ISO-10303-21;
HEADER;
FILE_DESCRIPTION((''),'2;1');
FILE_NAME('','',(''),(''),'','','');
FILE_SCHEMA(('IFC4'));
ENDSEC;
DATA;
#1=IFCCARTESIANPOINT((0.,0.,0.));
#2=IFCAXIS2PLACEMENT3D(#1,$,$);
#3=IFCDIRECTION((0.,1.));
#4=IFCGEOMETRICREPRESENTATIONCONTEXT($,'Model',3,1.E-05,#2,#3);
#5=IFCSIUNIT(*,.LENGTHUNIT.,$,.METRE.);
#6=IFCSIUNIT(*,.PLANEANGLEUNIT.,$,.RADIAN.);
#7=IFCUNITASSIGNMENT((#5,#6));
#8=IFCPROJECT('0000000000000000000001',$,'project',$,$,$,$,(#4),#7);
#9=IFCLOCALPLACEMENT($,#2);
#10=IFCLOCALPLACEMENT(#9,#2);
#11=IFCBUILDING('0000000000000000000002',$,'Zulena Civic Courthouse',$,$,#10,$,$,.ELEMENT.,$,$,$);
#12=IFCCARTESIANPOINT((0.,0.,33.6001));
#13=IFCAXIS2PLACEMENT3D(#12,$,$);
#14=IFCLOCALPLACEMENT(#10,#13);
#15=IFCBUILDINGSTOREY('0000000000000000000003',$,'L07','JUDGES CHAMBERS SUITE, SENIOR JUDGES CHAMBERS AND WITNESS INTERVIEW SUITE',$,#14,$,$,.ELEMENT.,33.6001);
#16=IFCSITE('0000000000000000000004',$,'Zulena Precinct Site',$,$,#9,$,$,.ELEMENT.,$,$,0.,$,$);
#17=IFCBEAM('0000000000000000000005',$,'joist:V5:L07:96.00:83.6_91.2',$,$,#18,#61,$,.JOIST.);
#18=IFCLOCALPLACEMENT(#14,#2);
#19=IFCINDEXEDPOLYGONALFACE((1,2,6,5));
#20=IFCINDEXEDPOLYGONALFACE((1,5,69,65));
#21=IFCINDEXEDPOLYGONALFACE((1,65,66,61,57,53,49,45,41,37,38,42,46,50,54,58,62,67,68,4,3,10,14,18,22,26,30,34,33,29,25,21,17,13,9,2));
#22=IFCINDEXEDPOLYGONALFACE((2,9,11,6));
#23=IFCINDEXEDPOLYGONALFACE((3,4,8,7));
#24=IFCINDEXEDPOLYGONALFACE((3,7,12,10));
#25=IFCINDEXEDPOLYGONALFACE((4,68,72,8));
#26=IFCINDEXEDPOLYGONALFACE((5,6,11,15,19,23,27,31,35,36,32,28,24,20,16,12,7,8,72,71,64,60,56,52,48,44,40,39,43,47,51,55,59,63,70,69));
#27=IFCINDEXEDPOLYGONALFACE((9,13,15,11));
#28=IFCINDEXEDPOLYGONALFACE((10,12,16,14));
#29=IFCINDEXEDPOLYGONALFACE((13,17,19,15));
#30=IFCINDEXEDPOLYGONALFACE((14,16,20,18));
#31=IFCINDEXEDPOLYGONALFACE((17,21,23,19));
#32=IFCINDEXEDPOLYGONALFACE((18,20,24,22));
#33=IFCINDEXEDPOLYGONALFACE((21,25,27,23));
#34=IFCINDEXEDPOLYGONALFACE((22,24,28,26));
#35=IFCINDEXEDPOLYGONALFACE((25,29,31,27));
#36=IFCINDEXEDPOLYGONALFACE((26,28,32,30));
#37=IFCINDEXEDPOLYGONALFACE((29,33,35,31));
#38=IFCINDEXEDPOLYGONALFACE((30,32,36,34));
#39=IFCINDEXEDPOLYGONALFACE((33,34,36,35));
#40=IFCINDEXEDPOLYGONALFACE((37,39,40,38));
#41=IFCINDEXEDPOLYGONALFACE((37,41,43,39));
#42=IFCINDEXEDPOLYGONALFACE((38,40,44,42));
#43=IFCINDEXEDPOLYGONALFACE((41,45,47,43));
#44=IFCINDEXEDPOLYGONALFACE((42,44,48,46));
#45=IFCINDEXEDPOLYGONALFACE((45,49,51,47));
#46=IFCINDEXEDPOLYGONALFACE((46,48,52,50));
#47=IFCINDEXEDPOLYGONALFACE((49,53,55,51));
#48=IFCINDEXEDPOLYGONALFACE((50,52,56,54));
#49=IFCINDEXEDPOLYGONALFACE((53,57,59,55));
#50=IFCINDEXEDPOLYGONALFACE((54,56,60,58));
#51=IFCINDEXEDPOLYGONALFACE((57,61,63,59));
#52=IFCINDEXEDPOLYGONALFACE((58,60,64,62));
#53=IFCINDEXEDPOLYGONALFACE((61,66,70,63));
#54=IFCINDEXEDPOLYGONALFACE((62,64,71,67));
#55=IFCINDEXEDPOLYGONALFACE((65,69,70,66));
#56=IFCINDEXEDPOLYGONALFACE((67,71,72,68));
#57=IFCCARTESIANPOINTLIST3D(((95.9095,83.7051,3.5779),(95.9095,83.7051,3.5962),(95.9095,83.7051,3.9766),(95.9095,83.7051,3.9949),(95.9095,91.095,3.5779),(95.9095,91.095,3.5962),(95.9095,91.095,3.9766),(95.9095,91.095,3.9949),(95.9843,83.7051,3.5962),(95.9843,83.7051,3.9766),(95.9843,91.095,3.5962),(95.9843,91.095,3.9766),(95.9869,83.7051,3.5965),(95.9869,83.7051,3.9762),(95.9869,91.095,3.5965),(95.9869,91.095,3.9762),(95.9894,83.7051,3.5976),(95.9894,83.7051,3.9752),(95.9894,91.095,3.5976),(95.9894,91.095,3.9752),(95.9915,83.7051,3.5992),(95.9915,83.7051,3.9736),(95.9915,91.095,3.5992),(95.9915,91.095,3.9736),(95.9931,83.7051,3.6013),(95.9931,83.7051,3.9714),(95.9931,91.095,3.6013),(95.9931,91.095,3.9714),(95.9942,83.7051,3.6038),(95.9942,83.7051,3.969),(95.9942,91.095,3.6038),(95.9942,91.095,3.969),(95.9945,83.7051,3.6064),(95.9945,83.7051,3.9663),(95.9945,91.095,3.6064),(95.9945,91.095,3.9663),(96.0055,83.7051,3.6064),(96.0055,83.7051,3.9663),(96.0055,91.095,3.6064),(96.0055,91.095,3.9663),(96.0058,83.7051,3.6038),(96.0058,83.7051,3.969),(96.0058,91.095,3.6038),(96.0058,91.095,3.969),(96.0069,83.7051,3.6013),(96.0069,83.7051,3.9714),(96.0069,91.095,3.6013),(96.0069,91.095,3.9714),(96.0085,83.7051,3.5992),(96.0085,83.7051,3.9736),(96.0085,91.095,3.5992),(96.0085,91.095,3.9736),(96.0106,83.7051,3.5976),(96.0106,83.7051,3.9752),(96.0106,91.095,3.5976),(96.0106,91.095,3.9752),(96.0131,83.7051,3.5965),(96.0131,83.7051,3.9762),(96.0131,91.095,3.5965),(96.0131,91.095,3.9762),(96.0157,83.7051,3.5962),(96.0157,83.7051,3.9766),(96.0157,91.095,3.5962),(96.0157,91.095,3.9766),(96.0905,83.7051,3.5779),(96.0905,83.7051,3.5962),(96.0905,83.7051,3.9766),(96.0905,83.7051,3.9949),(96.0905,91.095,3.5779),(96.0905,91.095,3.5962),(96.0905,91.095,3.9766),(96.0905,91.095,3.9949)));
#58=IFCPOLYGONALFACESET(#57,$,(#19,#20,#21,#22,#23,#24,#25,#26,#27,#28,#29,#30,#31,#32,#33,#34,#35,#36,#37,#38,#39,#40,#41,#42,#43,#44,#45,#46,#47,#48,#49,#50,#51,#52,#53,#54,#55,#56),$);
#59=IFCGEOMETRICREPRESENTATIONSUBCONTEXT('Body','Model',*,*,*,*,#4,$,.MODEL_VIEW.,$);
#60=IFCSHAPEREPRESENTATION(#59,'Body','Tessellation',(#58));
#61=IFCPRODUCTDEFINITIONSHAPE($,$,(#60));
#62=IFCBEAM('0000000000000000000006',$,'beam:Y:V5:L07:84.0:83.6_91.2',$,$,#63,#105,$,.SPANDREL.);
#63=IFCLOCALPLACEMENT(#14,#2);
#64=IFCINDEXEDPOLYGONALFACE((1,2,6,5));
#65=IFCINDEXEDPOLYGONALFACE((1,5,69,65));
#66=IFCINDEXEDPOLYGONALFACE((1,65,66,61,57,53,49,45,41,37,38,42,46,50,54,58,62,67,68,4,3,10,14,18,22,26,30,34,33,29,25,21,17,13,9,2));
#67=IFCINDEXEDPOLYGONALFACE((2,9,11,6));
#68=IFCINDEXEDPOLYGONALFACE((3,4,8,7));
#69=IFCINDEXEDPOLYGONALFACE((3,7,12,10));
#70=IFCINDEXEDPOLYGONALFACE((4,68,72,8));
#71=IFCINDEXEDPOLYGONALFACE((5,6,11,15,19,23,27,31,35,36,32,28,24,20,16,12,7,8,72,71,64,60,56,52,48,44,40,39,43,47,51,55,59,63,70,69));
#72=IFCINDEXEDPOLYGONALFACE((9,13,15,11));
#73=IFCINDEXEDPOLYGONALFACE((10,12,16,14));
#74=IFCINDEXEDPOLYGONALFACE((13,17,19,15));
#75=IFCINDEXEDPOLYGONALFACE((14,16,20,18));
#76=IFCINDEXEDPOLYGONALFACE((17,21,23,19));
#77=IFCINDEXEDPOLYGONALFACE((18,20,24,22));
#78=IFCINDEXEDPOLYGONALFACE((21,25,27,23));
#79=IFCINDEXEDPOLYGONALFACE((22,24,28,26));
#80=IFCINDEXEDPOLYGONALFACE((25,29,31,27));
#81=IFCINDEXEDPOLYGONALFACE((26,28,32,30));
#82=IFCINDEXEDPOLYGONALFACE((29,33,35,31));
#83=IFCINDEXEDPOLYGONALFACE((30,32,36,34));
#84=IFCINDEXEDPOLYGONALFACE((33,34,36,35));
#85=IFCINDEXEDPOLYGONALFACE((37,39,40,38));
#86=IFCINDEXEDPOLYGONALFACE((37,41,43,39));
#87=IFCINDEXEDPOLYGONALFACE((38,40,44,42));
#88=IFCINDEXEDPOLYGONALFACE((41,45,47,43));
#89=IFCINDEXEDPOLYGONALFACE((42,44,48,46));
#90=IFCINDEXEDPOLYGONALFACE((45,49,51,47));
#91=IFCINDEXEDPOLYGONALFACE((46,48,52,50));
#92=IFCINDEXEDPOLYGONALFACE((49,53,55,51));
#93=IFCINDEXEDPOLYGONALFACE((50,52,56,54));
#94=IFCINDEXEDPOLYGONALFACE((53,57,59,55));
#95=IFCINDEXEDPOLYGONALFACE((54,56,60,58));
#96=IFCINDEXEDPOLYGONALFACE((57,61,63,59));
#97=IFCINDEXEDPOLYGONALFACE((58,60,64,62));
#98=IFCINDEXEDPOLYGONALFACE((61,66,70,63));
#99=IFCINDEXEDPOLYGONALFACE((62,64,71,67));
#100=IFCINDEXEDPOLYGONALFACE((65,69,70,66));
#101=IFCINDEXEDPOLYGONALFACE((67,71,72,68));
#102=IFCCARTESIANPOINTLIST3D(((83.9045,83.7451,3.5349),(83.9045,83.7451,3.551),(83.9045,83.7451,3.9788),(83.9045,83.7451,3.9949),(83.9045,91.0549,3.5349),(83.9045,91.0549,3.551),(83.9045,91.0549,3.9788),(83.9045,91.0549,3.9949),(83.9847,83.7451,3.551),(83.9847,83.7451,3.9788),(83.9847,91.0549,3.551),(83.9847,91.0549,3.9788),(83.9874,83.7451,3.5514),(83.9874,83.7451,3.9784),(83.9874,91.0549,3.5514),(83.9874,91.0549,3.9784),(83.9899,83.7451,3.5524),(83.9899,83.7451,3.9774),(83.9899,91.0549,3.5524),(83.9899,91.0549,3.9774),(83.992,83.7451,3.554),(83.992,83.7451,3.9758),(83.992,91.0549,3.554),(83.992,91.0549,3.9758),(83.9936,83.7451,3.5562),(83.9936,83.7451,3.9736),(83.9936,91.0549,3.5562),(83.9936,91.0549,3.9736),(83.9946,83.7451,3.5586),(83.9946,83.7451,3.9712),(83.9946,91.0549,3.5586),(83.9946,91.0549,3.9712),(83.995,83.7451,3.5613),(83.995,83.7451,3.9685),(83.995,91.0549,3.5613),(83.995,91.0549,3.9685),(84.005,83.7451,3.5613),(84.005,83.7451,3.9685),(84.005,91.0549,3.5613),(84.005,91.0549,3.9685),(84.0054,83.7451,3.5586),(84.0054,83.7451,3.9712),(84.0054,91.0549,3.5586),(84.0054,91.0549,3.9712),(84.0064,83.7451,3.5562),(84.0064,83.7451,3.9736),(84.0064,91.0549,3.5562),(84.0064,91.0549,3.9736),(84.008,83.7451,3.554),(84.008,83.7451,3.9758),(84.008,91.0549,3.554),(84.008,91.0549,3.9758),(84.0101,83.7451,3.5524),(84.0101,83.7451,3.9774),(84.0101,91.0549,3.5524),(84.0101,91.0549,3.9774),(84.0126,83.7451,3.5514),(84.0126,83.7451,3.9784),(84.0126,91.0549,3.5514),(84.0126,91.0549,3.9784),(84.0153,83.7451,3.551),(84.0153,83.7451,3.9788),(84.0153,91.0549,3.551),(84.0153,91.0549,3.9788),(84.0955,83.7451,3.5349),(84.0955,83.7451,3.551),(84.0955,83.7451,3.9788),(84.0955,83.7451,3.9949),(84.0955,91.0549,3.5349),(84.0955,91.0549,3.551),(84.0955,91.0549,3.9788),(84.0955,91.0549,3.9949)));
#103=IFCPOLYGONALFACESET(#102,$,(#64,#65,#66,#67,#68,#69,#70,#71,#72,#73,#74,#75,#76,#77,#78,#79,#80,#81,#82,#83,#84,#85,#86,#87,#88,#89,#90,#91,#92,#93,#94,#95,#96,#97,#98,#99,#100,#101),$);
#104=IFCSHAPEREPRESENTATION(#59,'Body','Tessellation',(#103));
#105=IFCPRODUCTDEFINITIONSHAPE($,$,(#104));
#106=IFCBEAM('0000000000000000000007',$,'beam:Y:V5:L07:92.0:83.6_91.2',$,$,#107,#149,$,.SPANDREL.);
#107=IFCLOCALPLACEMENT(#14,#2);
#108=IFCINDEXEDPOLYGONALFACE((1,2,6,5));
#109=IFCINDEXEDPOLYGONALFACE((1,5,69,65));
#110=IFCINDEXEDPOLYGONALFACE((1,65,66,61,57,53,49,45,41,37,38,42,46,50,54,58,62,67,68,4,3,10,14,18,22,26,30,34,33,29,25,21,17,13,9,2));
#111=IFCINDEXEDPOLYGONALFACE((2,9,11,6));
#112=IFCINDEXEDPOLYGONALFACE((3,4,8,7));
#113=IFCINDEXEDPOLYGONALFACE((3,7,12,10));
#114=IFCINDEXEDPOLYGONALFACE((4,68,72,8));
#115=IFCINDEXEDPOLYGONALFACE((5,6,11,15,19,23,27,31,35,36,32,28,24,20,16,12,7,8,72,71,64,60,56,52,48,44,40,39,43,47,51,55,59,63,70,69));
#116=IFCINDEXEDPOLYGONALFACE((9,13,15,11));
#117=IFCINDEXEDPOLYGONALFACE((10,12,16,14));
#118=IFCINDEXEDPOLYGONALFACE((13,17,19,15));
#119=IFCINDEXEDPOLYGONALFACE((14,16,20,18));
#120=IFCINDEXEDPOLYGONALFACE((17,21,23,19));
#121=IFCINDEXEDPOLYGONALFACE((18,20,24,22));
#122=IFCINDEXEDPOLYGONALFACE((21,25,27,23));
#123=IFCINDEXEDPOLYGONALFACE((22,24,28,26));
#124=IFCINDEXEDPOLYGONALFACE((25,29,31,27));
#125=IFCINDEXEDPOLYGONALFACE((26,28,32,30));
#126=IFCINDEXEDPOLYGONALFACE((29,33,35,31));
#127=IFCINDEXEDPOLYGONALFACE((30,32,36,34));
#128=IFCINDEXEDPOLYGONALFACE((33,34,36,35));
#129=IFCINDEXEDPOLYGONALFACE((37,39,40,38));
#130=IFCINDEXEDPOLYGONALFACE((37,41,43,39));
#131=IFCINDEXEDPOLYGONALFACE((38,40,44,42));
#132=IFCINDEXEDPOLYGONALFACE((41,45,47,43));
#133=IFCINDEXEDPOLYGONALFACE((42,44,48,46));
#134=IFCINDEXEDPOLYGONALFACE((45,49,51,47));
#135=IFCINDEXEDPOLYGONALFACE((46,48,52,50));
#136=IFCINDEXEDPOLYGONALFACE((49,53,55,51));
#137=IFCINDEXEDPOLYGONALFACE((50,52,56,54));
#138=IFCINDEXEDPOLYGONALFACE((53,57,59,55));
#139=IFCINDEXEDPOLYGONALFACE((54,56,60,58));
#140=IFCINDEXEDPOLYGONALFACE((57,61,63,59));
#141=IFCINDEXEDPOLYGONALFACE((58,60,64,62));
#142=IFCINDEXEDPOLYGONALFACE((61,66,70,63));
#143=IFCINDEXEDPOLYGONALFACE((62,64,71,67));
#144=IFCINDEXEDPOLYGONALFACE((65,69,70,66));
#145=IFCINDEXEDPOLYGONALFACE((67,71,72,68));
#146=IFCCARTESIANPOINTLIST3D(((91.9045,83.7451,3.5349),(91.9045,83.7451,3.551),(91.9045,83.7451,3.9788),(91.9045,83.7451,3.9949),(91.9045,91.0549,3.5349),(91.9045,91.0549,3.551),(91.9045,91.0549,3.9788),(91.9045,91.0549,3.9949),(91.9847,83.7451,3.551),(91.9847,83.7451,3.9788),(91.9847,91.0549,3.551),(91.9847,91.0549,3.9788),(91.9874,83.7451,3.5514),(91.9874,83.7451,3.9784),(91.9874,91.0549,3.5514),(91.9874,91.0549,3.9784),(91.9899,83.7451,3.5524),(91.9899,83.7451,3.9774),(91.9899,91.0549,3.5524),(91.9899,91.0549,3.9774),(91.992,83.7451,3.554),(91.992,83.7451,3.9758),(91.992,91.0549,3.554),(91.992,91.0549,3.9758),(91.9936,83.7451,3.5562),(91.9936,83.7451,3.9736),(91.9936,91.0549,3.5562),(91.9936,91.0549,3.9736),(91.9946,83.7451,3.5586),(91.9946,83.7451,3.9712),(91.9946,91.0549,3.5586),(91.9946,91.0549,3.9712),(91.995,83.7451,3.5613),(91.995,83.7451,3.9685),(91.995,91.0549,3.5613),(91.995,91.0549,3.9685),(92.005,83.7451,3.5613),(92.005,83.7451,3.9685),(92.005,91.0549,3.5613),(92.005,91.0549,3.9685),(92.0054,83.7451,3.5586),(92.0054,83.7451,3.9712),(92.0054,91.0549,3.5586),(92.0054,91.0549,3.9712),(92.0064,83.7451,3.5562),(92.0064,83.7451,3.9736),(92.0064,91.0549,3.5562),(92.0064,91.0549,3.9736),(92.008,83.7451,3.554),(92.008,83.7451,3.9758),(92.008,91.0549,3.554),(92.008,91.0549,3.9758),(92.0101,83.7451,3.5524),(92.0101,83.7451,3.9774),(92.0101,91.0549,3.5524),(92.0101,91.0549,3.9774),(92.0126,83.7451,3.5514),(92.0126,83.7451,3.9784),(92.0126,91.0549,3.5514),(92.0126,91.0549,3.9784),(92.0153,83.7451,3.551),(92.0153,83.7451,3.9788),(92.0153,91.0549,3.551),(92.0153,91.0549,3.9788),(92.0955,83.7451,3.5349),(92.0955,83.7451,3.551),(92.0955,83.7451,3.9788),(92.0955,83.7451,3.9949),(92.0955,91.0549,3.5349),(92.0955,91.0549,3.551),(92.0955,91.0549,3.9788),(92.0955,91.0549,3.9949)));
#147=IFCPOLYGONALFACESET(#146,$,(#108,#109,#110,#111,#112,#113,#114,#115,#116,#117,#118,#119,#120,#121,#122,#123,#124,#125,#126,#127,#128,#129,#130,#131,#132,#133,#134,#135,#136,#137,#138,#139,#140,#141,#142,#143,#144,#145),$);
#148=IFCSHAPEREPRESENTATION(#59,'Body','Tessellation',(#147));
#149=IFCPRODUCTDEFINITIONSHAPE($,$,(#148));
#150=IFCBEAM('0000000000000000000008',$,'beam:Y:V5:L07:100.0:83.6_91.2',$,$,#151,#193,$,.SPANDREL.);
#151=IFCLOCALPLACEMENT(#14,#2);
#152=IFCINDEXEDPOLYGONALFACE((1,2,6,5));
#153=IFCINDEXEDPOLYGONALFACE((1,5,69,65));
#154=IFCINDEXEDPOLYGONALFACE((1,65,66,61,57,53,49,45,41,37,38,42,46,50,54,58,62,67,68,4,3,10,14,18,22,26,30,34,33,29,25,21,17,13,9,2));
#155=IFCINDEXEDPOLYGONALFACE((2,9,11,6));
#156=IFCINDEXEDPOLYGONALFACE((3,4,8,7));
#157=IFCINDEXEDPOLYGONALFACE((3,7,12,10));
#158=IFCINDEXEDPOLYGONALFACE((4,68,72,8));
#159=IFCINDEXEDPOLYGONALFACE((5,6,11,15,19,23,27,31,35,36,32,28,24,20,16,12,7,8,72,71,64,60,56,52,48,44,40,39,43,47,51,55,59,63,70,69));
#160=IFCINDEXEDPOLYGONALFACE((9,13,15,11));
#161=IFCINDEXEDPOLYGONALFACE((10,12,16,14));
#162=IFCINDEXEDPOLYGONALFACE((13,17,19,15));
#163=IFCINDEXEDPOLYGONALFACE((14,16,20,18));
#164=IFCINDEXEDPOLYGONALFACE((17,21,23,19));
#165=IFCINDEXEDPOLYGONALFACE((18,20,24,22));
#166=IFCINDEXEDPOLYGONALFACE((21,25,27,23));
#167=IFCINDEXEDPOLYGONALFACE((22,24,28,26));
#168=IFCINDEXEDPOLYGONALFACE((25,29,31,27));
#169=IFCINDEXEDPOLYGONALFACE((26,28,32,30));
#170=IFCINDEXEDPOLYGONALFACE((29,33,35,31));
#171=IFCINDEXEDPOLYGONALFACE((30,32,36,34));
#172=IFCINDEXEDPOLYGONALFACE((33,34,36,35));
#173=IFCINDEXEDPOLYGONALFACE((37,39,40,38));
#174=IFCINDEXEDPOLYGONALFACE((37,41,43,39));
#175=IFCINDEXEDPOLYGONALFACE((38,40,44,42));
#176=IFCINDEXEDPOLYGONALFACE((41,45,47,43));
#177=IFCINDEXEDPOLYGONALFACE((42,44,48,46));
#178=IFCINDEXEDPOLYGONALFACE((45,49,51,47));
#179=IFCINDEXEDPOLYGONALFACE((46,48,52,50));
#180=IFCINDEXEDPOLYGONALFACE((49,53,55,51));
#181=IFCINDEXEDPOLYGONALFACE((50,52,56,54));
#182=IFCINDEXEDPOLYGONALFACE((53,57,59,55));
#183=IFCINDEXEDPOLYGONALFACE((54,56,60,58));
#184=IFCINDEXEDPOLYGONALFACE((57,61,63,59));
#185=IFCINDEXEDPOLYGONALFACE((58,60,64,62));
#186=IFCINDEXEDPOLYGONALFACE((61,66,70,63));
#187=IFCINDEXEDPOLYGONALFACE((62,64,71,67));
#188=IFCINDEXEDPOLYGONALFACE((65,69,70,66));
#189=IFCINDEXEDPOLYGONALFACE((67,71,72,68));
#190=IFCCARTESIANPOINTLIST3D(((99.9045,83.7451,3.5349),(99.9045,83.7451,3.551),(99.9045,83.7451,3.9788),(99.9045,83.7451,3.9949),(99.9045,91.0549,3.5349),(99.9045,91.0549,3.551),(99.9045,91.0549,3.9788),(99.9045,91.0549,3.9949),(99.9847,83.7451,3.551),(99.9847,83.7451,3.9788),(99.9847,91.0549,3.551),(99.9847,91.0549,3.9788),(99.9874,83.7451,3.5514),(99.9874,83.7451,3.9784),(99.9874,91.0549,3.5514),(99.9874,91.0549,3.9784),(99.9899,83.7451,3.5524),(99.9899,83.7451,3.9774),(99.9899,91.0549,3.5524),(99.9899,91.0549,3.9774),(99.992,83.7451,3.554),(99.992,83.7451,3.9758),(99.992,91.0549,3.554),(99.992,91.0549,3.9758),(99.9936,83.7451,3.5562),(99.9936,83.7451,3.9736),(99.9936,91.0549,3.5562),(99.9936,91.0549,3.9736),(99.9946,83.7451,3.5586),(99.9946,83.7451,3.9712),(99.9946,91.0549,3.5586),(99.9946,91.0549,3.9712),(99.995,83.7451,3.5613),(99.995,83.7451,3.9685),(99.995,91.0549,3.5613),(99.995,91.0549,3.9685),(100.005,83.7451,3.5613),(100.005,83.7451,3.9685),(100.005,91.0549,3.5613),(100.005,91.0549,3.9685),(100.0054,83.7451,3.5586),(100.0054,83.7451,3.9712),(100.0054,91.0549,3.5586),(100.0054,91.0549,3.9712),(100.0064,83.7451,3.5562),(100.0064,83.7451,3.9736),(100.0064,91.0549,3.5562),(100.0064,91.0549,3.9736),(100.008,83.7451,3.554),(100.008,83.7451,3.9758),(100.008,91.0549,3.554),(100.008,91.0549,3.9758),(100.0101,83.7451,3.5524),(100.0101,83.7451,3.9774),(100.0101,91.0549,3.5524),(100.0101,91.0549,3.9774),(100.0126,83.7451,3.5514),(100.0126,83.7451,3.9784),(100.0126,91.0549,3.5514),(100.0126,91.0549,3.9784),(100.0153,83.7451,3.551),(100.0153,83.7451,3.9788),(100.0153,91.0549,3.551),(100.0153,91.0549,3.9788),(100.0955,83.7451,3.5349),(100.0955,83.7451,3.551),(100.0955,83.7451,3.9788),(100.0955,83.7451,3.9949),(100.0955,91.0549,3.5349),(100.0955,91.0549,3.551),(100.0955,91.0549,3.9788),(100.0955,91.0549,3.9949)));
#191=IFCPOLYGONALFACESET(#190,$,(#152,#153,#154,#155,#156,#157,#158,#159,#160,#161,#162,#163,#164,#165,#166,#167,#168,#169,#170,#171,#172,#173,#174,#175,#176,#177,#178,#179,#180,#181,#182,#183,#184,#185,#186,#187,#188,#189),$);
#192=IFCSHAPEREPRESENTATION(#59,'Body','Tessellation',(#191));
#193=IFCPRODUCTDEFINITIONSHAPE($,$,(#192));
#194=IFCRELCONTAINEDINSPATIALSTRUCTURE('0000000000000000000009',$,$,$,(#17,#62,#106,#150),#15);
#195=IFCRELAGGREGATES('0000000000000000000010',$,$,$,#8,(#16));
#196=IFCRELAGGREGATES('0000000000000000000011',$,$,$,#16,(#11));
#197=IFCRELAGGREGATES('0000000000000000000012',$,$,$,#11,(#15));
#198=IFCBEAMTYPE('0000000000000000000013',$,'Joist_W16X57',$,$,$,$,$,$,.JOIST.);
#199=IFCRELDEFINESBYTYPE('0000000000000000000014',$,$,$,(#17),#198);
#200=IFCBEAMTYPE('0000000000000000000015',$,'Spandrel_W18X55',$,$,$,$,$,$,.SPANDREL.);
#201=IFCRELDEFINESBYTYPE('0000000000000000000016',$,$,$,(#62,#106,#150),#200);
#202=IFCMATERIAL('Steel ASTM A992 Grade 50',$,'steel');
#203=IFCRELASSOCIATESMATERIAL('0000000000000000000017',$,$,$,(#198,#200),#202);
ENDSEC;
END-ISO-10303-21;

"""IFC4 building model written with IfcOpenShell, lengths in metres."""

from ifc_helpers import new_model, si_unit, direction, frame, origin, origin_2d, place, context, subcontext, project, spatial, i_section, extrude, material, material_profile, profile_set, type_object, element, save


model = new_model("IFC4")

# Units and contexts
model_context = context("Model", 3, precision=1e-05, world=origin(), true_north=direction((0.0, 1.0)))
body_context = subcontext(model_context, "Body", "Model", "MODEL_VIEW")
ifc_project = project(units=[si_unit("LENGTHUNIT", "METRE"), si_unit("PLANEANGLEUNIT", "RADIAN")], contexts=[model_context])

# Site, building, storey
site_placement = place(None, origin())
site = spatial("IfcSite", under=ifc_project, at=site_placement, Name="Zulena Precinct Site", CompositionType="ELEMENT", RefElevation=0.0)
building_placement = place(site_placement, origin())
building = spatial("IfcBuilding", under=site, at=building_placement, Name="Zulena Civic Courthouse", CompositionType="ELEMENT")
storey_placement = place(building_placement, frame((0.0, 0.0, 33.6001)))
storey = spatial("IfcBuildingStorey", under=building, at=storey_placement, Name="L07", Description="JUDGES CHAMBERS SUITE, SENIOR JUDGES CHAMBERS AND WITNESS INTERVIEW SUITE", CompositionType="ELEMENT", Elevation=33.6001)

# Shared definitions
ifc_material_1 = material(Name="Steel ASTM A992 Grade 50", Category="steel")

# Beams
ifc_material_profile_1 = material_profile(ifc_material_1, i_section(OverallWidth=0.1809, OverallDepth=0.417, WebThickness=0.011, FlangeThickness=0.0183, FilletRadius=0.0103, at=origin_2d()), Name="W16X57")
ifc_profile_set_1 = profile_set([ifc_material_profile_1], Name="Steel ASTM A992 Grade 50")
beam_type_1 = type_object("IfcBeamType", Name="Joist_W16X57", PredefinedType="JOIST", material=ifc_profile_set_1)
for number, where, z_axis, x_axis, name in (
    (1, (96.0, 83.7051, 3.7864), (0.0, 1.0, 0.0), (-1.0, 0.0, 0.0), "joist:V5:L07:96.00:83.6_91.2"),
):
    element("IfcBeam", number, at=place(storey_placement, frame(where, z_axis=z_axis, x_axis=x_axis)), inside=storey, type_object=beam_type_1, Name=name, PredefinedType="JOIST", context=body_context, shape_type="SweptSolid", body=[
        extrude(i_section(OverallWidth=0.1809, OverallDepth=0.417, WebThickness=0.011, FlangeThickness=0.0183, FilletRadius=0.0103, at=origin_2d()), origin(), (0.0, 0.0, 1.0), 7.3899),
    ])
ifc_material_profile_2 = material_profile(ifc_material_1, i_section(OverallWidth=0.1909, OverallDepth=0.46, WebThickness=0.01, FlangeThickness=0.0161, FilletRadius=0.0103, at=origin_2d()), Name="W18X55")
ifc_profile_set_2 = profile_set([ifc_material_profile_2], Name="Steel ASTM A992 Grade 50")
beam_type_2 = type_object("IfcBeamType", Name="Spandrel_W18X55", PredefinedType="SPANDREL", material=ifc_profile_set_2)
for number, where, z_axis, x_axis, name in (
    (2, (84.0, 83.7451, 3.7649), (0.0, 1.0, 0.0), (-1.0, 0.0, 0.0), "beam:Y:V5:L07:84.0:83.6_91.2"),
    (3, (92.0, 83.7451, 3.7649), (0.0, 1.0, 0.0), (-1.0, 0.0, 0.0), "beam:Y:V5:L07:92.0:83.6_91.2"),
    (4, (100.0, 83.7451, 3.7649), (0.0, 1.0, 0.0), (-1.0, 0.0, 0.0), "beam:Y:V5:L07:100.0:83.6_91.2"),
):
    element("IfcBeam", number, at=place(storey_placement, frame(where, z_axis=z_axis, x_axis=x_axis)), inside=storey, type_object=beam_type_2, Name=name, PredefinedType="SPANDREL", context=body_context, shape_type="SweptSolid", body=[
        extrude(i_section(OverallWidth=0.1909, OverallDepth=0.46, WebThickness=0.01, FlangeThickness=0.0161, FilletRadius=0.0103, at=origin_2d()), origin(), (0.0, 0.0, 1.0), 7.3098),
    ])

save(model, "model.ifc")
